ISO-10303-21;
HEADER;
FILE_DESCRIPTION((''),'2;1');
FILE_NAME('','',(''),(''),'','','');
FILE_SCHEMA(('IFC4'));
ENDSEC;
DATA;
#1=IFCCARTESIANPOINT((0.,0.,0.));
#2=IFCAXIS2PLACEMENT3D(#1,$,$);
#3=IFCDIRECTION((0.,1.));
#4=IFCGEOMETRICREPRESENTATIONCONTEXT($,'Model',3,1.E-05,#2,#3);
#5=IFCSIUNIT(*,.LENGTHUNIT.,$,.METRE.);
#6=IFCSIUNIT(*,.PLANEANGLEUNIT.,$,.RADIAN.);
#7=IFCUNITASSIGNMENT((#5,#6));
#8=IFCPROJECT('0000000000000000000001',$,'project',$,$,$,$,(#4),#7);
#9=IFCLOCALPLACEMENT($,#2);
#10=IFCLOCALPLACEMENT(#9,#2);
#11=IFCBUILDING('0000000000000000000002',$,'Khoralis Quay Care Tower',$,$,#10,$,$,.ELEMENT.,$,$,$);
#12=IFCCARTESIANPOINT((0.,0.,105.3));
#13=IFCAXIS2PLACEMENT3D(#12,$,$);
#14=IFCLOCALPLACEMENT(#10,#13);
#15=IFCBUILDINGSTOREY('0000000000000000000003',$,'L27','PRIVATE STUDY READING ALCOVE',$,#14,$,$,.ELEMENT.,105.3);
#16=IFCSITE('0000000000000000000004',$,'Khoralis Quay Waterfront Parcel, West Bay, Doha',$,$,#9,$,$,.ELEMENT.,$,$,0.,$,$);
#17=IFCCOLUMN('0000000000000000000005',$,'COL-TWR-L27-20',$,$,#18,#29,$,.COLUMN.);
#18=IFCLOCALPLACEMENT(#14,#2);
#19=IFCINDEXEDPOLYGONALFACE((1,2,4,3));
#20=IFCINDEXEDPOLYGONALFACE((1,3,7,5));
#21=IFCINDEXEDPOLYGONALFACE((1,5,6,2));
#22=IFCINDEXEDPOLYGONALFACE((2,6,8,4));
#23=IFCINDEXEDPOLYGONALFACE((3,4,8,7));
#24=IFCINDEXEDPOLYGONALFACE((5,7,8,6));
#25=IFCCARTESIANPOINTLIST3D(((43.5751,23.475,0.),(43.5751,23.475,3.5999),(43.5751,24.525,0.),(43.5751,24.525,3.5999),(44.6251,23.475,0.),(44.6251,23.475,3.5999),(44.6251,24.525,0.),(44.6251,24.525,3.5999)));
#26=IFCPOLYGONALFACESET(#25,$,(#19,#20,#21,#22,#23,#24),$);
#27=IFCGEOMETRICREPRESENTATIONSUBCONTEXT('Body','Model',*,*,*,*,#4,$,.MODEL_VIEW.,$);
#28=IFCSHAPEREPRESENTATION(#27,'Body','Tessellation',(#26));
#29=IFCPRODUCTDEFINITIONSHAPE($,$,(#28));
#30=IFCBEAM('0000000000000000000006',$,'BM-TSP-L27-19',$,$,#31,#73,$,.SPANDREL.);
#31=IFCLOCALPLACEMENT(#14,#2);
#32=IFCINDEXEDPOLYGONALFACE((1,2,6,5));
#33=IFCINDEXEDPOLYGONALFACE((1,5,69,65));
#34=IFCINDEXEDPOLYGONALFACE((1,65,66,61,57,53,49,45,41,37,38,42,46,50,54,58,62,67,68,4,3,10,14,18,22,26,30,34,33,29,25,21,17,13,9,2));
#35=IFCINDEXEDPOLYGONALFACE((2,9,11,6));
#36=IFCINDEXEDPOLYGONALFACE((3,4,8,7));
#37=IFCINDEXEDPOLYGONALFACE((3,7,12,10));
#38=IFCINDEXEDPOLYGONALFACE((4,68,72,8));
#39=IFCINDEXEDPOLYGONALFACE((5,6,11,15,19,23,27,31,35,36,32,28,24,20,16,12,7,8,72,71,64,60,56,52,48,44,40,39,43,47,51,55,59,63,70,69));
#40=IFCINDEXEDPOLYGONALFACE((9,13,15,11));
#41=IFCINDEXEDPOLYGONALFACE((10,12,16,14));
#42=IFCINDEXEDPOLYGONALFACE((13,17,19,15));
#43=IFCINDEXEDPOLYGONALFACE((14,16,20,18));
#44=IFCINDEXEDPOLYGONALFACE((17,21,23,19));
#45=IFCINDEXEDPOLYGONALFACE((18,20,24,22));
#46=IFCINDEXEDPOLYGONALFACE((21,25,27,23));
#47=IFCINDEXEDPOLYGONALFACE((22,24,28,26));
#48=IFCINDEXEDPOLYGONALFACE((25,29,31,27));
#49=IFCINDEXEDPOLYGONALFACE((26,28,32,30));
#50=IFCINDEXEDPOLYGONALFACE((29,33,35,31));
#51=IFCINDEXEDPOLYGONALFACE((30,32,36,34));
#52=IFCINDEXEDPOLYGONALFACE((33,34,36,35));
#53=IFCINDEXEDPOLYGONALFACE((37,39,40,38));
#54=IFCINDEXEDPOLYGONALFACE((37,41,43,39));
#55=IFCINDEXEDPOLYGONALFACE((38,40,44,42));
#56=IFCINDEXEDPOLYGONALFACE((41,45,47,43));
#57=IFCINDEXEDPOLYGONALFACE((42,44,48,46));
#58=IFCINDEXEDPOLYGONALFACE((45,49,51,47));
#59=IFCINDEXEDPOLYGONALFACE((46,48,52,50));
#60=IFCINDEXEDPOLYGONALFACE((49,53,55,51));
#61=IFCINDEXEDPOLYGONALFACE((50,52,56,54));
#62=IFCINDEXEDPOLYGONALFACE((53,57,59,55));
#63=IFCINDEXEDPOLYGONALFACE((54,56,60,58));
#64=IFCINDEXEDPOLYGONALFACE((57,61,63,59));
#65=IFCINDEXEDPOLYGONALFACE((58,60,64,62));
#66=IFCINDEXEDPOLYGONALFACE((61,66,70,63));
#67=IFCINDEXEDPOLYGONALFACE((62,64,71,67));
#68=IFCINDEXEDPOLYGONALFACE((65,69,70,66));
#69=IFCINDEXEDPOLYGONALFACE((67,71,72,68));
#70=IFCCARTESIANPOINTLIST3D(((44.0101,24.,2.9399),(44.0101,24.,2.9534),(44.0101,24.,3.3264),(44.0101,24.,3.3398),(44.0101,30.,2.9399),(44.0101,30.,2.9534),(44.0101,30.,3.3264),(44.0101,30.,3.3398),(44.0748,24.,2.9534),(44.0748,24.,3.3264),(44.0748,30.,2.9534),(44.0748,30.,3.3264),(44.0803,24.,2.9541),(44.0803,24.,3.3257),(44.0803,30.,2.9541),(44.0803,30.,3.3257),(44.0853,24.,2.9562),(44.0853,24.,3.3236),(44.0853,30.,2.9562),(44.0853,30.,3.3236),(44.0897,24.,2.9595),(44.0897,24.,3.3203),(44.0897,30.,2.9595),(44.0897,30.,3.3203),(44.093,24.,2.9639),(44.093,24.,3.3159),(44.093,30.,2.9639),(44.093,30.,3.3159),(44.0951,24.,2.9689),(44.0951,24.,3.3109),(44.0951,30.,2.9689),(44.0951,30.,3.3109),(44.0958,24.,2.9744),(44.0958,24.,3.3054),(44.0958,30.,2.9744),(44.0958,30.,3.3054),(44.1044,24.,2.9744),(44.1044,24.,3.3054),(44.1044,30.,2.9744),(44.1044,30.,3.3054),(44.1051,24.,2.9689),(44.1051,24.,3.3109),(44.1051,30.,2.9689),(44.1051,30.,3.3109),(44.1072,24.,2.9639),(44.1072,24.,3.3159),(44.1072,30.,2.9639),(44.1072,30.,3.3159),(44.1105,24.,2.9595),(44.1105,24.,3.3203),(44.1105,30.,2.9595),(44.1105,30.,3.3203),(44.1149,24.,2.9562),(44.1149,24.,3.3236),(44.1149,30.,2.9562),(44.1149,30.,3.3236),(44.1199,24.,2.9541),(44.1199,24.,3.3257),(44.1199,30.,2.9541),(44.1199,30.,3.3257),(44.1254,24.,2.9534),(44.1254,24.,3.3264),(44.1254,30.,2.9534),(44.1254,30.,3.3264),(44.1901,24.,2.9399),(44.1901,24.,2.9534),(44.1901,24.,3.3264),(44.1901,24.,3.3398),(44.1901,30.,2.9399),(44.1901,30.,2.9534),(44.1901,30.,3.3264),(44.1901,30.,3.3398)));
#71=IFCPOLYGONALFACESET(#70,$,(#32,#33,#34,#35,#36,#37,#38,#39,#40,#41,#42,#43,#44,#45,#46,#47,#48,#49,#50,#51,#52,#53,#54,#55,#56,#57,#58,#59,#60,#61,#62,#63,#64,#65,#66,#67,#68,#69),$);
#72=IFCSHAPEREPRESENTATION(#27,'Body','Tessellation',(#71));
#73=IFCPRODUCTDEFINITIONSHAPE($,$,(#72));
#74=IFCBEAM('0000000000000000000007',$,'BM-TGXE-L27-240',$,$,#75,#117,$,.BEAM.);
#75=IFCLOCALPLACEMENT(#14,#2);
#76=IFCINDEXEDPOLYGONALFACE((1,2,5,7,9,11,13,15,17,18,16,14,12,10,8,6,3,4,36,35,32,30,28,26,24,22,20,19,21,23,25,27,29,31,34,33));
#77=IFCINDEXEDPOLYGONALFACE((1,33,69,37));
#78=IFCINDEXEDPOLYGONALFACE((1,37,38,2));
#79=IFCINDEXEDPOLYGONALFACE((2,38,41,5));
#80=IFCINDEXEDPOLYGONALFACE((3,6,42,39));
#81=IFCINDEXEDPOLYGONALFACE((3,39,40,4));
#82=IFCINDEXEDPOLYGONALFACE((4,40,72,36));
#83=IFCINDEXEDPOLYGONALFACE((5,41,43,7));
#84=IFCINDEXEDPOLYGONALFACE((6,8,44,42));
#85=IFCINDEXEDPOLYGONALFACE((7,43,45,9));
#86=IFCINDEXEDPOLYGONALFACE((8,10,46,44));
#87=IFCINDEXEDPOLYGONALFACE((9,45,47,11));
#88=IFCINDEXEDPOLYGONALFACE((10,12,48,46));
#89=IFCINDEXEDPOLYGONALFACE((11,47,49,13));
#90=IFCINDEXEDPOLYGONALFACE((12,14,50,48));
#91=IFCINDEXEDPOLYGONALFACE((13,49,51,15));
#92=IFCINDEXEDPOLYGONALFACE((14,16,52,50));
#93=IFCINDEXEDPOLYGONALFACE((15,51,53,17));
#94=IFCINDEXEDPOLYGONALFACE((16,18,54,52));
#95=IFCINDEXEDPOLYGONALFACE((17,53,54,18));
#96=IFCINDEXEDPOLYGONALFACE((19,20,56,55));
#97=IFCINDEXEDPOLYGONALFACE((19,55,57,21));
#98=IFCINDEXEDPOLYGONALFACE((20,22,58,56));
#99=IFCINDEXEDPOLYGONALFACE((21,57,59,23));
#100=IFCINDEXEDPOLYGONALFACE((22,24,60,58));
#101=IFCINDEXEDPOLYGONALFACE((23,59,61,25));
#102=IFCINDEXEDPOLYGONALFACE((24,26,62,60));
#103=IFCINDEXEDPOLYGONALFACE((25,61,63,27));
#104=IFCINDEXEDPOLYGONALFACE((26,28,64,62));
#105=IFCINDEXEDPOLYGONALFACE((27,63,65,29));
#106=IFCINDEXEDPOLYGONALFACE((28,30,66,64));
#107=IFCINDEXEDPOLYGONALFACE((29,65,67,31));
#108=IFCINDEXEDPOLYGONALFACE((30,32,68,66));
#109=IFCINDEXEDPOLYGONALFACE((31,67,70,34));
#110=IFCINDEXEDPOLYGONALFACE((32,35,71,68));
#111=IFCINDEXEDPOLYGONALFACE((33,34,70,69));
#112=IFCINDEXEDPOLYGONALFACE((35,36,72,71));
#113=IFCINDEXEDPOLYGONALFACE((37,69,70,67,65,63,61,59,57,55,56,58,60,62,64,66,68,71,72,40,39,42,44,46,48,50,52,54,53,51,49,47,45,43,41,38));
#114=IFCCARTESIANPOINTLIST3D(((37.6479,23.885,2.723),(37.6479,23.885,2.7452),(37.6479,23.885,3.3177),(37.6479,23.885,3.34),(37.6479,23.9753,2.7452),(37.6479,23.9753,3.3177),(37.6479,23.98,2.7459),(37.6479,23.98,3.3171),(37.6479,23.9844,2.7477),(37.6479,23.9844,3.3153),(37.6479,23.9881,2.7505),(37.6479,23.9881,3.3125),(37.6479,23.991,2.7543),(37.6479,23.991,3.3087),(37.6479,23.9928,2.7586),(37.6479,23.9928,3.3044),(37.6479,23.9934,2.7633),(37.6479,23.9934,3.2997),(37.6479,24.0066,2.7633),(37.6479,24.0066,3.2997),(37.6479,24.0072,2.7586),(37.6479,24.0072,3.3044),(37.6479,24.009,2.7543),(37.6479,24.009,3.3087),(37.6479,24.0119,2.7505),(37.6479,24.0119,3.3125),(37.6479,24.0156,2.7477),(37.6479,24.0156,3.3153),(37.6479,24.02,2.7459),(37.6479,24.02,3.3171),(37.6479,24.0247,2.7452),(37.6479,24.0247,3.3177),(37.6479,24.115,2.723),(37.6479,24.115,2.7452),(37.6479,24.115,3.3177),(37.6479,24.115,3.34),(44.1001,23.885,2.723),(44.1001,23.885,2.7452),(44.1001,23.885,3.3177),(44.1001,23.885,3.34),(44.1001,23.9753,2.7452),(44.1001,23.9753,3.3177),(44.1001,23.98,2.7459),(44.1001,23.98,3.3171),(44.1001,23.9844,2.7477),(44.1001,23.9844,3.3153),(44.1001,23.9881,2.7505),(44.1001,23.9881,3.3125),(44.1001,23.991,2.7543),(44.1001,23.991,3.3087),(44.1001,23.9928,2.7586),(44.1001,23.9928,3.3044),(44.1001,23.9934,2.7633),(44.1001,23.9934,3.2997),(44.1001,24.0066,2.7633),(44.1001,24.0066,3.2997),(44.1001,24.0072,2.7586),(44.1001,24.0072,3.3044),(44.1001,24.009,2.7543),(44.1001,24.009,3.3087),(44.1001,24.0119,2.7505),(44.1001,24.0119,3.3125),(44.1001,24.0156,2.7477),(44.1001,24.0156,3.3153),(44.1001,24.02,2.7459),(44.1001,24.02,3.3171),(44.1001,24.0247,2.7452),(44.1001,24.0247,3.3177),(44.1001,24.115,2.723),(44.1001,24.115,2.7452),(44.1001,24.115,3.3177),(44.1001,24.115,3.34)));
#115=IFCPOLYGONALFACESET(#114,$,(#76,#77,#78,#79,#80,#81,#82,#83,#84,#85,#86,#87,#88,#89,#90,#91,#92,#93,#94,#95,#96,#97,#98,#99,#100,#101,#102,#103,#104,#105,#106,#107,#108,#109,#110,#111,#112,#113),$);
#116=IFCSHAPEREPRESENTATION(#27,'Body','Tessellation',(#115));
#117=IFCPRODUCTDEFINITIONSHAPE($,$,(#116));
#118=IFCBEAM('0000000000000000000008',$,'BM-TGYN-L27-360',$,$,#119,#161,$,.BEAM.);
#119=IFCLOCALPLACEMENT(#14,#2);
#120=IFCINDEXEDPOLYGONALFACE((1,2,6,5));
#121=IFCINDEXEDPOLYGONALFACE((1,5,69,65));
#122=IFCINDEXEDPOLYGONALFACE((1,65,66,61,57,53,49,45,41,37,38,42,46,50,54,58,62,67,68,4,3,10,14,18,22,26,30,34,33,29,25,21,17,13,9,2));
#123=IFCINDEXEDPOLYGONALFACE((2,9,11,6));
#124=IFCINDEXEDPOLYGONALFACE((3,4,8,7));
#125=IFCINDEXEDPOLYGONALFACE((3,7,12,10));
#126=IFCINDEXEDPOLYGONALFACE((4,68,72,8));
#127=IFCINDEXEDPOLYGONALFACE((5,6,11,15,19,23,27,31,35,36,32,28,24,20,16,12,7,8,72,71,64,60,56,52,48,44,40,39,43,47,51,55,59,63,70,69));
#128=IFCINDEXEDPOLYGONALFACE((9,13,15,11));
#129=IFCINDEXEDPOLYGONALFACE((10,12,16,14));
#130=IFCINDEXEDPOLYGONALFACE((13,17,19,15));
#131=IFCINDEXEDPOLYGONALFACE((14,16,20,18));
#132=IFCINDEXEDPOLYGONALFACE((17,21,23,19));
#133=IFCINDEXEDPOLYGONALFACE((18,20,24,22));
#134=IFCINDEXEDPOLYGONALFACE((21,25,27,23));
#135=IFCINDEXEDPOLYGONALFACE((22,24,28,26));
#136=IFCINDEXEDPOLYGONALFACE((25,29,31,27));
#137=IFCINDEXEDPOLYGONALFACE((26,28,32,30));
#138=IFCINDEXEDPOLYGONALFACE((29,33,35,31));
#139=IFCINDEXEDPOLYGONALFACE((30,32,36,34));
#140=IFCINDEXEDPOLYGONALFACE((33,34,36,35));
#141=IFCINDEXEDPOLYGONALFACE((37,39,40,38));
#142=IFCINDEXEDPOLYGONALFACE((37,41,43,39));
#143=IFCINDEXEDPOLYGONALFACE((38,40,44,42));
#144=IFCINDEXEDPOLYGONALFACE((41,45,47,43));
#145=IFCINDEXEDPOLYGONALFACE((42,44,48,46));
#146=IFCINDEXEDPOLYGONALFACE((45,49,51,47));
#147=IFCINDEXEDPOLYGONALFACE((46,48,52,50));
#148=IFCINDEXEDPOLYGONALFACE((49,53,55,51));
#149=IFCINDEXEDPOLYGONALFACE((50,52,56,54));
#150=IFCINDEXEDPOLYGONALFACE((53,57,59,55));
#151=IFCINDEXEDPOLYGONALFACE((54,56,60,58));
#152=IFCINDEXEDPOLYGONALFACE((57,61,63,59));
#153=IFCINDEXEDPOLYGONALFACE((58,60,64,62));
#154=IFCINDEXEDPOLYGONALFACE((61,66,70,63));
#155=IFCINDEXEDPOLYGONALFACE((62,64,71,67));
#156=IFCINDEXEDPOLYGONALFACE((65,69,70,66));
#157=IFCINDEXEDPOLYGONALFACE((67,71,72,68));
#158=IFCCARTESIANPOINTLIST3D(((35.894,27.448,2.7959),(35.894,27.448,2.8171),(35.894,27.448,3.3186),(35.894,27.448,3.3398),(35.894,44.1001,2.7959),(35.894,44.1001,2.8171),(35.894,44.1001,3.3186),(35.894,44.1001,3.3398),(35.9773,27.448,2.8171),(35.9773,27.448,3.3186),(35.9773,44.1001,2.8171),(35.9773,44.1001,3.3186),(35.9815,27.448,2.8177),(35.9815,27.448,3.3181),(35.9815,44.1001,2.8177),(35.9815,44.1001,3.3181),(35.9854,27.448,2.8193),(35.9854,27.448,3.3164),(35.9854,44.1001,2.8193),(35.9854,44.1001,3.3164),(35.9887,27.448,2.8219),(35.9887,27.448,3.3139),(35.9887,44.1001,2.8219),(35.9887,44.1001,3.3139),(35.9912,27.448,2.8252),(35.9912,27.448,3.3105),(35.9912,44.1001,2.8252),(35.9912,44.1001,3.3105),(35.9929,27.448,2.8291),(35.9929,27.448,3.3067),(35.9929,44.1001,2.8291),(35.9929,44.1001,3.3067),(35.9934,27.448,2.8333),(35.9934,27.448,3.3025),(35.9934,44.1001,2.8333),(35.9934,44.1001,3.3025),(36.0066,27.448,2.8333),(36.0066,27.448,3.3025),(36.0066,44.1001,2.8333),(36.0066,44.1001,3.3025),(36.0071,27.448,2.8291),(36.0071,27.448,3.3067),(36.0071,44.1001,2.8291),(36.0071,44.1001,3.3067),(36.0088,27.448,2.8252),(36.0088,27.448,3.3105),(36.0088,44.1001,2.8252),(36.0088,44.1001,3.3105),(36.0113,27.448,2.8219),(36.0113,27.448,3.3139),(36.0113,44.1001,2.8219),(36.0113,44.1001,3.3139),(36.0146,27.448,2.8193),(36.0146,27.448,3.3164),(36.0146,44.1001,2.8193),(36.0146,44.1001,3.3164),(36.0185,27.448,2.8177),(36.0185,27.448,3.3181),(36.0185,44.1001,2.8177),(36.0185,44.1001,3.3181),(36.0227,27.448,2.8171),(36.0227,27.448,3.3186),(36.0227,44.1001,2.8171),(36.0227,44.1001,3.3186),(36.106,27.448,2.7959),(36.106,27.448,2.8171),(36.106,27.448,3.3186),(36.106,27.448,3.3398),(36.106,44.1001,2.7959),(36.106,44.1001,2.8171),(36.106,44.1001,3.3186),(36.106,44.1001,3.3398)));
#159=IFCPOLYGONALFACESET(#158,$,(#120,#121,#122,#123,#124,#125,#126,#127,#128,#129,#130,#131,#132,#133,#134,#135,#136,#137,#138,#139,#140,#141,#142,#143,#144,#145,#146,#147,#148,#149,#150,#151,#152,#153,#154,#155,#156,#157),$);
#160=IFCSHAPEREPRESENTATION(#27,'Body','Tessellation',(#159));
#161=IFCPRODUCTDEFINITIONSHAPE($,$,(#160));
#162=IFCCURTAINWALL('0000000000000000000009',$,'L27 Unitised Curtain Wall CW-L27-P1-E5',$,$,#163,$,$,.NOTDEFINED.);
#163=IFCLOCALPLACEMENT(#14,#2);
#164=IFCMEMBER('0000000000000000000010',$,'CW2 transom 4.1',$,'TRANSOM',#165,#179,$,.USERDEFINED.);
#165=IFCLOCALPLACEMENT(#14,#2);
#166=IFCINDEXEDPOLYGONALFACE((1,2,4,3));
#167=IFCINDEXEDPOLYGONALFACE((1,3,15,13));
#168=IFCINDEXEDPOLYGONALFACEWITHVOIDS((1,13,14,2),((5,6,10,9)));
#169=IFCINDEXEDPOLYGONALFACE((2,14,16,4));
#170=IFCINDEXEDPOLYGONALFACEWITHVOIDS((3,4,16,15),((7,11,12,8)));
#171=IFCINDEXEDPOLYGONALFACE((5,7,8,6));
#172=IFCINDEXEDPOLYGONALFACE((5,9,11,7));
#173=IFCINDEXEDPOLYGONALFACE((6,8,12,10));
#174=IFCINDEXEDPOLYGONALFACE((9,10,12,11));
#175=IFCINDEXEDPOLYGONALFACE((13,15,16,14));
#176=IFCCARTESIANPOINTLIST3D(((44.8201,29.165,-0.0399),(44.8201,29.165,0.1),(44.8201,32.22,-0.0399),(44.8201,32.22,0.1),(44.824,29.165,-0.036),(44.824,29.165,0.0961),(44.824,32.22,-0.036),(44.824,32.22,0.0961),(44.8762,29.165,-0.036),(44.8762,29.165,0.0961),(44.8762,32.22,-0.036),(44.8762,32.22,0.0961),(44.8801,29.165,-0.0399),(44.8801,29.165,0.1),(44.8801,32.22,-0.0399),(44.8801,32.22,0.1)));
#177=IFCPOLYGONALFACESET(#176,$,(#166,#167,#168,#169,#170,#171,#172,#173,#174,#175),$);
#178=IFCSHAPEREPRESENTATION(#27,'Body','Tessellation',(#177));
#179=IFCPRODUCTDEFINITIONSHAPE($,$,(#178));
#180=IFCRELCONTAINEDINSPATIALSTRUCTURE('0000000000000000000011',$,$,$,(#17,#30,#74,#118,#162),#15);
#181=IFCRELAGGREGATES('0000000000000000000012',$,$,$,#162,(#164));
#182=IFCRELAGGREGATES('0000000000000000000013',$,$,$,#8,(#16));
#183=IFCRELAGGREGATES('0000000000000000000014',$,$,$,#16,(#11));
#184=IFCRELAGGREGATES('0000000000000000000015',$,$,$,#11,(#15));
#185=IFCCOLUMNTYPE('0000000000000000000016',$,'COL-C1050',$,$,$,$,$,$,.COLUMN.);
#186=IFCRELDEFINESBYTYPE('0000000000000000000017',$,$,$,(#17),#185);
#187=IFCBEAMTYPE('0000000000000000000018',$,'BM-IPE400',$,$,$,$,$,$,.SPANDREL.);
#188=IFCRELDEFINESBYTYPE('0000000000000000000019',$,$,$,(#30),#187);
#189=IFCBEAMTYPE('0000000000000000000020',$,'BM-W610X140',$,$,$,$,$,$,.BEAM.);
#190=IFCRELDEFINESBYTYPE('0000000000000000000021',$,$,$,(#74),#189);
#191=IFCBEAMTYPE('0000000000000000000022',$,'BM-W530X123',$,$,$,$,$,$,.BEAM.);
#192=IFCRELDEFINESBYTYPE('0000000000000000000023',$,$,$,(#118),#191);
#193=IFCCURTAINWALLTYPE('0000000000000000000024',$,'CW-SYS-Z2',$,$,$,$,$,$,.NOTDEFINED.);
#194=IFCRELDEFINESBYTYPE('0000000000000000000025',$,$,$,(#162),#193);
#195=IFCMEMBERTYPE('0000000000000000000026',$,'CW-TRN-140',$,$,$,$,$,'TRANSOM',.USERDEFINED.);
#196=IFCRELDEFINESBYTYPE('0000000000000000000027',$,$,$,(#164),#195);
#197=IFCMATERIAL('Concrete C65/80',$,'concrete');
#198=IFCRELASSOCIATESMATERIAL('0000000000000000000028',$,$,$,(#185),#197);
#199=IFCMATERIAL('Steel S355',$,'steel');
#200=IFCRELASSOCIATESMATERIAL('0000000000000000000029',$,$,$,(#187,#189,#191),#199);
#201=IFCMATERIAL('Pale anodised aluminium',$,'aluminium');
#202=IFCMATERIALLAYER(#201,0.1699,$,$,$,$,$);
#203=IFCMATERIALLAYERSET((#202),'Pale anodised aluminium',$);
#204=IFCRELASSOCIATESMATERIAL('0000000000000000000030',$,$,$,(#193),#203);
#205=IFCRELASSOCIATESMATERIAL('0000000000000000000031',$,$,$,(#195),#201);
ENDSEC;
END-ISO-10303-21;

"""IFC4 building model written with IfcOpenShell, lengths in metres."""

from ifc_helpers import new_model, si_unit, direction, frame, origin, origin_2d, place, context, subcontext, project, spatial, rectangle, hollow_rectangle, i_section, extrude, source, transform, mapped, material, layer, layer_set, material_profile, profile_set, type_object, element, aggregate, save


model = new_model("IFC4")

# Units and contexts
model_context = context("Model", 3, precision=1e-05, world=origin(), true_north=direction((0.0, 1.0)))
body_context = subcontext(model_context, "Body", "Model", "MODEL_VIEW")
ifc_project = project(units=[si_unit("LENGTHUNIT", "METRE"), si_unit("PLANEANGLEUNIT", "RADIAN")], contexts=[model_context])

# Site, building, storey
site_placement = place(None, origin())
site = spatial("IfcSite", under=ifc_project, at=site_placement, Name="Khoralis Quay Waterfront Parcel, West Bay, Doha", CompositionType="ELEMENT", RefElevation=0.0)
building_placement = place(site_placement, origin())
building = spatial("IfcBuilding", under=site, at=building_placement, Name="Khoralis Quay Care Tower", CompositionType="ELEMENT")
storey_placement = place(building_placement, frame((0.0, 0.0, 105.3)))
storey = spatial("IfcBuildingStorey", under=building, at=storey_placement, Name="L27", Description="PRIVATE STUDY READING ALCOVE", CompositionType="ELEMENT", Elevation=105.3)

# Column
ifc_material_1 = material(Name="Concrete C65/80", Category="concrete")
ifc_material_profile_1 = material_profile(ifc_material_1, rectangle(XDim=1.05, YDim=1.05, at=origin_2d()), Name="Concrete C65/80")
ifc_profile_set_1 = profile_set([ifc_material_profile_1], Name="Concrete C65/80")
column_type = type_object("IfcColumnType", Name="COL-C1050", PredefinedType="COLUMN", material=ifc_profile_set_1)
shared_shape_1 = source(origin(), body_context, "Body", "SweptSolid", [
    extrude(rectangle(XDim=1.05, YDim=1.05, at=origin_2d()), origin(), (0.0, 0.0, 1.0), 3.5999),
])
column_placement = place(storey_placement, frame((44.1001, 24.0, 0.0), z_axis=(0.0, 0.0, 1.0), x_axis=(1.0, 0.0, 0.0)))
element("IfcColumn", 1, at=column_placement, inside=storey, type_object=column_type, Name="COL-TWR-L27-20", PredefinedType="COLUMN", context=body_context, shape_type="MappedRepresentation", body=[
    mapped(shared_shape_1, transform((0.0, 0.0, 0.0), scale=1.0)),
])

# Beams
ifc_material_2 = material(Name="Steel S355", Category="steel")
ifc_material_profile_2 = material_profile(ifc_material_2, i_section(OverallWidth=0.1799, OverallDepth=0.3999, WebThickness=0.0085, FlangeThickness=0.0134, FilletRadius=0.021, at=origin_2d()), Name="Steel S355")
ifc_profile_set_2 = profile_set([ifc_material_profile_2], Name="Steel S355")
beam_type_1 = type_object("IfcBeamType", Name="BM-IPE400", PredefinedType="SPANDREL", material=ifc_profile_set_2)
shared_shape_2 = source(origin(), body_context, "Body", "SweptSolid", [
    extrude(i_section(OverallWidth=0.1799, OverallDepth=0.3999, WebThickness=0.0085, FlangeThickness=0.0134, FilletRadius=0.021, at=origin_2d()), origin(), (0.0, 0.0, 1.0), 6.0),
])
beam_1_placement = place(storey_placement, frame((44.1001, 24.0, 3.1399), z_axis=(0.0, 1.0, 0.0), x_axis=(-1.0, 0.0, 0.0)))
element("IfcBeam", 2, at=beam_1_placement, inside=storey, type_object=beam_type_1, Name="BM-TSP-L27-19", PredefinedType="SPANDREL", context=body_context, shape_type="MappedRepresentation", body=[
    mapped(shared_shape_2, transform((0.0, 0.0, 0.0), scale=1.0)),
])
ifc_material_profile_3 = material_profile(ifc_material_2, i_section(OverallWidth=0.23, OverallDepth=0.6169, WebThickness=0.0132, FlangeThickness=0.0222, FilletRadius=0.0181, at=origin_2d()), Name="Steel S355")
ifc_profile_set_3 = profile_set([ifc_material_profile_3], Name="Steel S355")
beam_type_2 = type_object("IfcBeamType", Name="BM-W610X140", PredefinedType="BEAM", material=ifc_profile_set_3)
shared_shape_3 = source(origin(), body_context, "Body", "SweptSolid", [
    extrude(i_section(OverallWidth=0.23, OverallDepth=0.6169, WebThickness=0.0132, FlangeThickness=0.0222, FilletRadius=0.0181, at=origin_2d()), origin(), (0.0, 0.0, 1.0), 6.4521),
])
beam_2_placement = place(storey_placement, frame((37.6479, 24.0, 3.0315), z_axis=(1.0, 0.0, 0.0), x_axis=(0.0, 1.0, 0.0)))
element("IfcBeam", 3, at=beam_2_placement, inside=storey, type_object=beam_type_2, Name="BM-TGXE-L27-240", PredefinedType="BEAM", context=body_context, shape_type="MappedRepresentation", body=[
    mapped(shared_shape_3, transform((0.0, 0.0, 0.0), scale=1.0)),
])
ifc_material_profile_4 = material_profile(ifc_material_2, i_section(OverallWidth=0.2119, OverallDepth=0.5439, WebThickness=0.0132, FlangeThickness=0.0212, FilletRadius=0.0161, at=origin_2d()), Name="Steel S355")
ifc_profile_set_4 = profile_set([ifc_material_profile_4], Name="Steel S355")
beam_type_3 = type_object("IfcBeamType", Name="BM-W530X123", PredefinedType="BEAM", material=ifc_profile_set_4)
shared_shape_4 = source(origin(), body_context, "Body", "SweptSolid", [
    extrude(i_section(OverallWidth=0.2119, OverallDepth=0.5439, WebThickness=0.0132, FlangeThickness=0.0212, FilletRadius=0.0161, at=origin_2d()), origin(), (0.0, 0.0, 1.0), 16.6521),
])
beam_3_placement = place(storey_placement, frame((36.0, 27.448, 3.0679), z_axis=(0.0, 1.0, 0.0), x_axis=(-1.0, 0.0, 0.0)))
element("IfcBeam", 4, at=beam_3_placement, inside=storey, type_object=beam_type_3, Name="BM-TGYN-L27-360", PredefinedType="BEAM", context=body_context, shape_type="MappedRepresentation", body=[
    mapped(shared_shape_4, transform((0.0, 0.0, 0.0), scale=1.0)),
])

# Curtain wall, member
ifc_material_3 = material(Name="Pale anodised aluminium", Category="aluminium")
ifc_layer_1 = layer(ifc_material_3, 0.1699)
ifc_layer_set_1 = layer_set([ifc_layer_1], Name="Pale anodised aluminium")
curtain_wall_type = type_object("IfcCurtainWallType", Name="CW-SYS-Z2", PredefinedType="NOTDEFINED", material=ifc_layer_set_1)
curtain_wall_placement = place(storey_placement, origin())
curtain_wall = element("IfcCurtainWall", 5, at=curtain_wall_placement, inside=storey, type_object=curtain_wall_type, Name="L27 Unitised Curtain Wall CW-L27-P1-E5", PredefinedType="NOTDEFINED")
ifc_material_profile_5 = material_profile(ifc_material_3, hollow_rectangle(XDim=0.0601, YDim=0.1399, WallThickness=0.0039, at=origin_2d()), Name="Pale anodised aluminium")
ifc_profile_set_5 = profile_set([ifc_material_profile_5], Name="Pale anodised aluminium")
member_type_1 = type_object("IfcMemberType", Name="CW-TRN-140", ElementType="TRANSOM", PredefinedType="USERDEFINED", material=ifc_profile_set_5)
shared_shape_5 = source(origin(), body_context, "Body", "SweptSolid", [
    extrude(hollow_rectangle(XDim=0.0601, YDim=0.1399, WallThickness=0.0039, at=origin_2d()), origin(), (0.0, 0.0, 1.0), 3.0549),
])
member_1_placement = place(storey_placement, frame((44.8501, 29.165, 0.03), z_axis=(0.0, 1.0, 0.0), x_axis=(-1.0, 0.0, 0.0)))
member_1 = element("IfcMember", 6, at=member_1_placement, type_object=member_type_1, Name="CW2 transom 4.1", ObjectType="TRANSOM", PredefinedType="USERDEFINED", context=body_context, shape_type="MappedRepresentation", body=[
    mapped(shared_shape_5, transform((0.0, 0.0, 0.0), scale=1.0)),
])
aggregate(curtain_wall, [member_1])

save(model, "model.ifc")
